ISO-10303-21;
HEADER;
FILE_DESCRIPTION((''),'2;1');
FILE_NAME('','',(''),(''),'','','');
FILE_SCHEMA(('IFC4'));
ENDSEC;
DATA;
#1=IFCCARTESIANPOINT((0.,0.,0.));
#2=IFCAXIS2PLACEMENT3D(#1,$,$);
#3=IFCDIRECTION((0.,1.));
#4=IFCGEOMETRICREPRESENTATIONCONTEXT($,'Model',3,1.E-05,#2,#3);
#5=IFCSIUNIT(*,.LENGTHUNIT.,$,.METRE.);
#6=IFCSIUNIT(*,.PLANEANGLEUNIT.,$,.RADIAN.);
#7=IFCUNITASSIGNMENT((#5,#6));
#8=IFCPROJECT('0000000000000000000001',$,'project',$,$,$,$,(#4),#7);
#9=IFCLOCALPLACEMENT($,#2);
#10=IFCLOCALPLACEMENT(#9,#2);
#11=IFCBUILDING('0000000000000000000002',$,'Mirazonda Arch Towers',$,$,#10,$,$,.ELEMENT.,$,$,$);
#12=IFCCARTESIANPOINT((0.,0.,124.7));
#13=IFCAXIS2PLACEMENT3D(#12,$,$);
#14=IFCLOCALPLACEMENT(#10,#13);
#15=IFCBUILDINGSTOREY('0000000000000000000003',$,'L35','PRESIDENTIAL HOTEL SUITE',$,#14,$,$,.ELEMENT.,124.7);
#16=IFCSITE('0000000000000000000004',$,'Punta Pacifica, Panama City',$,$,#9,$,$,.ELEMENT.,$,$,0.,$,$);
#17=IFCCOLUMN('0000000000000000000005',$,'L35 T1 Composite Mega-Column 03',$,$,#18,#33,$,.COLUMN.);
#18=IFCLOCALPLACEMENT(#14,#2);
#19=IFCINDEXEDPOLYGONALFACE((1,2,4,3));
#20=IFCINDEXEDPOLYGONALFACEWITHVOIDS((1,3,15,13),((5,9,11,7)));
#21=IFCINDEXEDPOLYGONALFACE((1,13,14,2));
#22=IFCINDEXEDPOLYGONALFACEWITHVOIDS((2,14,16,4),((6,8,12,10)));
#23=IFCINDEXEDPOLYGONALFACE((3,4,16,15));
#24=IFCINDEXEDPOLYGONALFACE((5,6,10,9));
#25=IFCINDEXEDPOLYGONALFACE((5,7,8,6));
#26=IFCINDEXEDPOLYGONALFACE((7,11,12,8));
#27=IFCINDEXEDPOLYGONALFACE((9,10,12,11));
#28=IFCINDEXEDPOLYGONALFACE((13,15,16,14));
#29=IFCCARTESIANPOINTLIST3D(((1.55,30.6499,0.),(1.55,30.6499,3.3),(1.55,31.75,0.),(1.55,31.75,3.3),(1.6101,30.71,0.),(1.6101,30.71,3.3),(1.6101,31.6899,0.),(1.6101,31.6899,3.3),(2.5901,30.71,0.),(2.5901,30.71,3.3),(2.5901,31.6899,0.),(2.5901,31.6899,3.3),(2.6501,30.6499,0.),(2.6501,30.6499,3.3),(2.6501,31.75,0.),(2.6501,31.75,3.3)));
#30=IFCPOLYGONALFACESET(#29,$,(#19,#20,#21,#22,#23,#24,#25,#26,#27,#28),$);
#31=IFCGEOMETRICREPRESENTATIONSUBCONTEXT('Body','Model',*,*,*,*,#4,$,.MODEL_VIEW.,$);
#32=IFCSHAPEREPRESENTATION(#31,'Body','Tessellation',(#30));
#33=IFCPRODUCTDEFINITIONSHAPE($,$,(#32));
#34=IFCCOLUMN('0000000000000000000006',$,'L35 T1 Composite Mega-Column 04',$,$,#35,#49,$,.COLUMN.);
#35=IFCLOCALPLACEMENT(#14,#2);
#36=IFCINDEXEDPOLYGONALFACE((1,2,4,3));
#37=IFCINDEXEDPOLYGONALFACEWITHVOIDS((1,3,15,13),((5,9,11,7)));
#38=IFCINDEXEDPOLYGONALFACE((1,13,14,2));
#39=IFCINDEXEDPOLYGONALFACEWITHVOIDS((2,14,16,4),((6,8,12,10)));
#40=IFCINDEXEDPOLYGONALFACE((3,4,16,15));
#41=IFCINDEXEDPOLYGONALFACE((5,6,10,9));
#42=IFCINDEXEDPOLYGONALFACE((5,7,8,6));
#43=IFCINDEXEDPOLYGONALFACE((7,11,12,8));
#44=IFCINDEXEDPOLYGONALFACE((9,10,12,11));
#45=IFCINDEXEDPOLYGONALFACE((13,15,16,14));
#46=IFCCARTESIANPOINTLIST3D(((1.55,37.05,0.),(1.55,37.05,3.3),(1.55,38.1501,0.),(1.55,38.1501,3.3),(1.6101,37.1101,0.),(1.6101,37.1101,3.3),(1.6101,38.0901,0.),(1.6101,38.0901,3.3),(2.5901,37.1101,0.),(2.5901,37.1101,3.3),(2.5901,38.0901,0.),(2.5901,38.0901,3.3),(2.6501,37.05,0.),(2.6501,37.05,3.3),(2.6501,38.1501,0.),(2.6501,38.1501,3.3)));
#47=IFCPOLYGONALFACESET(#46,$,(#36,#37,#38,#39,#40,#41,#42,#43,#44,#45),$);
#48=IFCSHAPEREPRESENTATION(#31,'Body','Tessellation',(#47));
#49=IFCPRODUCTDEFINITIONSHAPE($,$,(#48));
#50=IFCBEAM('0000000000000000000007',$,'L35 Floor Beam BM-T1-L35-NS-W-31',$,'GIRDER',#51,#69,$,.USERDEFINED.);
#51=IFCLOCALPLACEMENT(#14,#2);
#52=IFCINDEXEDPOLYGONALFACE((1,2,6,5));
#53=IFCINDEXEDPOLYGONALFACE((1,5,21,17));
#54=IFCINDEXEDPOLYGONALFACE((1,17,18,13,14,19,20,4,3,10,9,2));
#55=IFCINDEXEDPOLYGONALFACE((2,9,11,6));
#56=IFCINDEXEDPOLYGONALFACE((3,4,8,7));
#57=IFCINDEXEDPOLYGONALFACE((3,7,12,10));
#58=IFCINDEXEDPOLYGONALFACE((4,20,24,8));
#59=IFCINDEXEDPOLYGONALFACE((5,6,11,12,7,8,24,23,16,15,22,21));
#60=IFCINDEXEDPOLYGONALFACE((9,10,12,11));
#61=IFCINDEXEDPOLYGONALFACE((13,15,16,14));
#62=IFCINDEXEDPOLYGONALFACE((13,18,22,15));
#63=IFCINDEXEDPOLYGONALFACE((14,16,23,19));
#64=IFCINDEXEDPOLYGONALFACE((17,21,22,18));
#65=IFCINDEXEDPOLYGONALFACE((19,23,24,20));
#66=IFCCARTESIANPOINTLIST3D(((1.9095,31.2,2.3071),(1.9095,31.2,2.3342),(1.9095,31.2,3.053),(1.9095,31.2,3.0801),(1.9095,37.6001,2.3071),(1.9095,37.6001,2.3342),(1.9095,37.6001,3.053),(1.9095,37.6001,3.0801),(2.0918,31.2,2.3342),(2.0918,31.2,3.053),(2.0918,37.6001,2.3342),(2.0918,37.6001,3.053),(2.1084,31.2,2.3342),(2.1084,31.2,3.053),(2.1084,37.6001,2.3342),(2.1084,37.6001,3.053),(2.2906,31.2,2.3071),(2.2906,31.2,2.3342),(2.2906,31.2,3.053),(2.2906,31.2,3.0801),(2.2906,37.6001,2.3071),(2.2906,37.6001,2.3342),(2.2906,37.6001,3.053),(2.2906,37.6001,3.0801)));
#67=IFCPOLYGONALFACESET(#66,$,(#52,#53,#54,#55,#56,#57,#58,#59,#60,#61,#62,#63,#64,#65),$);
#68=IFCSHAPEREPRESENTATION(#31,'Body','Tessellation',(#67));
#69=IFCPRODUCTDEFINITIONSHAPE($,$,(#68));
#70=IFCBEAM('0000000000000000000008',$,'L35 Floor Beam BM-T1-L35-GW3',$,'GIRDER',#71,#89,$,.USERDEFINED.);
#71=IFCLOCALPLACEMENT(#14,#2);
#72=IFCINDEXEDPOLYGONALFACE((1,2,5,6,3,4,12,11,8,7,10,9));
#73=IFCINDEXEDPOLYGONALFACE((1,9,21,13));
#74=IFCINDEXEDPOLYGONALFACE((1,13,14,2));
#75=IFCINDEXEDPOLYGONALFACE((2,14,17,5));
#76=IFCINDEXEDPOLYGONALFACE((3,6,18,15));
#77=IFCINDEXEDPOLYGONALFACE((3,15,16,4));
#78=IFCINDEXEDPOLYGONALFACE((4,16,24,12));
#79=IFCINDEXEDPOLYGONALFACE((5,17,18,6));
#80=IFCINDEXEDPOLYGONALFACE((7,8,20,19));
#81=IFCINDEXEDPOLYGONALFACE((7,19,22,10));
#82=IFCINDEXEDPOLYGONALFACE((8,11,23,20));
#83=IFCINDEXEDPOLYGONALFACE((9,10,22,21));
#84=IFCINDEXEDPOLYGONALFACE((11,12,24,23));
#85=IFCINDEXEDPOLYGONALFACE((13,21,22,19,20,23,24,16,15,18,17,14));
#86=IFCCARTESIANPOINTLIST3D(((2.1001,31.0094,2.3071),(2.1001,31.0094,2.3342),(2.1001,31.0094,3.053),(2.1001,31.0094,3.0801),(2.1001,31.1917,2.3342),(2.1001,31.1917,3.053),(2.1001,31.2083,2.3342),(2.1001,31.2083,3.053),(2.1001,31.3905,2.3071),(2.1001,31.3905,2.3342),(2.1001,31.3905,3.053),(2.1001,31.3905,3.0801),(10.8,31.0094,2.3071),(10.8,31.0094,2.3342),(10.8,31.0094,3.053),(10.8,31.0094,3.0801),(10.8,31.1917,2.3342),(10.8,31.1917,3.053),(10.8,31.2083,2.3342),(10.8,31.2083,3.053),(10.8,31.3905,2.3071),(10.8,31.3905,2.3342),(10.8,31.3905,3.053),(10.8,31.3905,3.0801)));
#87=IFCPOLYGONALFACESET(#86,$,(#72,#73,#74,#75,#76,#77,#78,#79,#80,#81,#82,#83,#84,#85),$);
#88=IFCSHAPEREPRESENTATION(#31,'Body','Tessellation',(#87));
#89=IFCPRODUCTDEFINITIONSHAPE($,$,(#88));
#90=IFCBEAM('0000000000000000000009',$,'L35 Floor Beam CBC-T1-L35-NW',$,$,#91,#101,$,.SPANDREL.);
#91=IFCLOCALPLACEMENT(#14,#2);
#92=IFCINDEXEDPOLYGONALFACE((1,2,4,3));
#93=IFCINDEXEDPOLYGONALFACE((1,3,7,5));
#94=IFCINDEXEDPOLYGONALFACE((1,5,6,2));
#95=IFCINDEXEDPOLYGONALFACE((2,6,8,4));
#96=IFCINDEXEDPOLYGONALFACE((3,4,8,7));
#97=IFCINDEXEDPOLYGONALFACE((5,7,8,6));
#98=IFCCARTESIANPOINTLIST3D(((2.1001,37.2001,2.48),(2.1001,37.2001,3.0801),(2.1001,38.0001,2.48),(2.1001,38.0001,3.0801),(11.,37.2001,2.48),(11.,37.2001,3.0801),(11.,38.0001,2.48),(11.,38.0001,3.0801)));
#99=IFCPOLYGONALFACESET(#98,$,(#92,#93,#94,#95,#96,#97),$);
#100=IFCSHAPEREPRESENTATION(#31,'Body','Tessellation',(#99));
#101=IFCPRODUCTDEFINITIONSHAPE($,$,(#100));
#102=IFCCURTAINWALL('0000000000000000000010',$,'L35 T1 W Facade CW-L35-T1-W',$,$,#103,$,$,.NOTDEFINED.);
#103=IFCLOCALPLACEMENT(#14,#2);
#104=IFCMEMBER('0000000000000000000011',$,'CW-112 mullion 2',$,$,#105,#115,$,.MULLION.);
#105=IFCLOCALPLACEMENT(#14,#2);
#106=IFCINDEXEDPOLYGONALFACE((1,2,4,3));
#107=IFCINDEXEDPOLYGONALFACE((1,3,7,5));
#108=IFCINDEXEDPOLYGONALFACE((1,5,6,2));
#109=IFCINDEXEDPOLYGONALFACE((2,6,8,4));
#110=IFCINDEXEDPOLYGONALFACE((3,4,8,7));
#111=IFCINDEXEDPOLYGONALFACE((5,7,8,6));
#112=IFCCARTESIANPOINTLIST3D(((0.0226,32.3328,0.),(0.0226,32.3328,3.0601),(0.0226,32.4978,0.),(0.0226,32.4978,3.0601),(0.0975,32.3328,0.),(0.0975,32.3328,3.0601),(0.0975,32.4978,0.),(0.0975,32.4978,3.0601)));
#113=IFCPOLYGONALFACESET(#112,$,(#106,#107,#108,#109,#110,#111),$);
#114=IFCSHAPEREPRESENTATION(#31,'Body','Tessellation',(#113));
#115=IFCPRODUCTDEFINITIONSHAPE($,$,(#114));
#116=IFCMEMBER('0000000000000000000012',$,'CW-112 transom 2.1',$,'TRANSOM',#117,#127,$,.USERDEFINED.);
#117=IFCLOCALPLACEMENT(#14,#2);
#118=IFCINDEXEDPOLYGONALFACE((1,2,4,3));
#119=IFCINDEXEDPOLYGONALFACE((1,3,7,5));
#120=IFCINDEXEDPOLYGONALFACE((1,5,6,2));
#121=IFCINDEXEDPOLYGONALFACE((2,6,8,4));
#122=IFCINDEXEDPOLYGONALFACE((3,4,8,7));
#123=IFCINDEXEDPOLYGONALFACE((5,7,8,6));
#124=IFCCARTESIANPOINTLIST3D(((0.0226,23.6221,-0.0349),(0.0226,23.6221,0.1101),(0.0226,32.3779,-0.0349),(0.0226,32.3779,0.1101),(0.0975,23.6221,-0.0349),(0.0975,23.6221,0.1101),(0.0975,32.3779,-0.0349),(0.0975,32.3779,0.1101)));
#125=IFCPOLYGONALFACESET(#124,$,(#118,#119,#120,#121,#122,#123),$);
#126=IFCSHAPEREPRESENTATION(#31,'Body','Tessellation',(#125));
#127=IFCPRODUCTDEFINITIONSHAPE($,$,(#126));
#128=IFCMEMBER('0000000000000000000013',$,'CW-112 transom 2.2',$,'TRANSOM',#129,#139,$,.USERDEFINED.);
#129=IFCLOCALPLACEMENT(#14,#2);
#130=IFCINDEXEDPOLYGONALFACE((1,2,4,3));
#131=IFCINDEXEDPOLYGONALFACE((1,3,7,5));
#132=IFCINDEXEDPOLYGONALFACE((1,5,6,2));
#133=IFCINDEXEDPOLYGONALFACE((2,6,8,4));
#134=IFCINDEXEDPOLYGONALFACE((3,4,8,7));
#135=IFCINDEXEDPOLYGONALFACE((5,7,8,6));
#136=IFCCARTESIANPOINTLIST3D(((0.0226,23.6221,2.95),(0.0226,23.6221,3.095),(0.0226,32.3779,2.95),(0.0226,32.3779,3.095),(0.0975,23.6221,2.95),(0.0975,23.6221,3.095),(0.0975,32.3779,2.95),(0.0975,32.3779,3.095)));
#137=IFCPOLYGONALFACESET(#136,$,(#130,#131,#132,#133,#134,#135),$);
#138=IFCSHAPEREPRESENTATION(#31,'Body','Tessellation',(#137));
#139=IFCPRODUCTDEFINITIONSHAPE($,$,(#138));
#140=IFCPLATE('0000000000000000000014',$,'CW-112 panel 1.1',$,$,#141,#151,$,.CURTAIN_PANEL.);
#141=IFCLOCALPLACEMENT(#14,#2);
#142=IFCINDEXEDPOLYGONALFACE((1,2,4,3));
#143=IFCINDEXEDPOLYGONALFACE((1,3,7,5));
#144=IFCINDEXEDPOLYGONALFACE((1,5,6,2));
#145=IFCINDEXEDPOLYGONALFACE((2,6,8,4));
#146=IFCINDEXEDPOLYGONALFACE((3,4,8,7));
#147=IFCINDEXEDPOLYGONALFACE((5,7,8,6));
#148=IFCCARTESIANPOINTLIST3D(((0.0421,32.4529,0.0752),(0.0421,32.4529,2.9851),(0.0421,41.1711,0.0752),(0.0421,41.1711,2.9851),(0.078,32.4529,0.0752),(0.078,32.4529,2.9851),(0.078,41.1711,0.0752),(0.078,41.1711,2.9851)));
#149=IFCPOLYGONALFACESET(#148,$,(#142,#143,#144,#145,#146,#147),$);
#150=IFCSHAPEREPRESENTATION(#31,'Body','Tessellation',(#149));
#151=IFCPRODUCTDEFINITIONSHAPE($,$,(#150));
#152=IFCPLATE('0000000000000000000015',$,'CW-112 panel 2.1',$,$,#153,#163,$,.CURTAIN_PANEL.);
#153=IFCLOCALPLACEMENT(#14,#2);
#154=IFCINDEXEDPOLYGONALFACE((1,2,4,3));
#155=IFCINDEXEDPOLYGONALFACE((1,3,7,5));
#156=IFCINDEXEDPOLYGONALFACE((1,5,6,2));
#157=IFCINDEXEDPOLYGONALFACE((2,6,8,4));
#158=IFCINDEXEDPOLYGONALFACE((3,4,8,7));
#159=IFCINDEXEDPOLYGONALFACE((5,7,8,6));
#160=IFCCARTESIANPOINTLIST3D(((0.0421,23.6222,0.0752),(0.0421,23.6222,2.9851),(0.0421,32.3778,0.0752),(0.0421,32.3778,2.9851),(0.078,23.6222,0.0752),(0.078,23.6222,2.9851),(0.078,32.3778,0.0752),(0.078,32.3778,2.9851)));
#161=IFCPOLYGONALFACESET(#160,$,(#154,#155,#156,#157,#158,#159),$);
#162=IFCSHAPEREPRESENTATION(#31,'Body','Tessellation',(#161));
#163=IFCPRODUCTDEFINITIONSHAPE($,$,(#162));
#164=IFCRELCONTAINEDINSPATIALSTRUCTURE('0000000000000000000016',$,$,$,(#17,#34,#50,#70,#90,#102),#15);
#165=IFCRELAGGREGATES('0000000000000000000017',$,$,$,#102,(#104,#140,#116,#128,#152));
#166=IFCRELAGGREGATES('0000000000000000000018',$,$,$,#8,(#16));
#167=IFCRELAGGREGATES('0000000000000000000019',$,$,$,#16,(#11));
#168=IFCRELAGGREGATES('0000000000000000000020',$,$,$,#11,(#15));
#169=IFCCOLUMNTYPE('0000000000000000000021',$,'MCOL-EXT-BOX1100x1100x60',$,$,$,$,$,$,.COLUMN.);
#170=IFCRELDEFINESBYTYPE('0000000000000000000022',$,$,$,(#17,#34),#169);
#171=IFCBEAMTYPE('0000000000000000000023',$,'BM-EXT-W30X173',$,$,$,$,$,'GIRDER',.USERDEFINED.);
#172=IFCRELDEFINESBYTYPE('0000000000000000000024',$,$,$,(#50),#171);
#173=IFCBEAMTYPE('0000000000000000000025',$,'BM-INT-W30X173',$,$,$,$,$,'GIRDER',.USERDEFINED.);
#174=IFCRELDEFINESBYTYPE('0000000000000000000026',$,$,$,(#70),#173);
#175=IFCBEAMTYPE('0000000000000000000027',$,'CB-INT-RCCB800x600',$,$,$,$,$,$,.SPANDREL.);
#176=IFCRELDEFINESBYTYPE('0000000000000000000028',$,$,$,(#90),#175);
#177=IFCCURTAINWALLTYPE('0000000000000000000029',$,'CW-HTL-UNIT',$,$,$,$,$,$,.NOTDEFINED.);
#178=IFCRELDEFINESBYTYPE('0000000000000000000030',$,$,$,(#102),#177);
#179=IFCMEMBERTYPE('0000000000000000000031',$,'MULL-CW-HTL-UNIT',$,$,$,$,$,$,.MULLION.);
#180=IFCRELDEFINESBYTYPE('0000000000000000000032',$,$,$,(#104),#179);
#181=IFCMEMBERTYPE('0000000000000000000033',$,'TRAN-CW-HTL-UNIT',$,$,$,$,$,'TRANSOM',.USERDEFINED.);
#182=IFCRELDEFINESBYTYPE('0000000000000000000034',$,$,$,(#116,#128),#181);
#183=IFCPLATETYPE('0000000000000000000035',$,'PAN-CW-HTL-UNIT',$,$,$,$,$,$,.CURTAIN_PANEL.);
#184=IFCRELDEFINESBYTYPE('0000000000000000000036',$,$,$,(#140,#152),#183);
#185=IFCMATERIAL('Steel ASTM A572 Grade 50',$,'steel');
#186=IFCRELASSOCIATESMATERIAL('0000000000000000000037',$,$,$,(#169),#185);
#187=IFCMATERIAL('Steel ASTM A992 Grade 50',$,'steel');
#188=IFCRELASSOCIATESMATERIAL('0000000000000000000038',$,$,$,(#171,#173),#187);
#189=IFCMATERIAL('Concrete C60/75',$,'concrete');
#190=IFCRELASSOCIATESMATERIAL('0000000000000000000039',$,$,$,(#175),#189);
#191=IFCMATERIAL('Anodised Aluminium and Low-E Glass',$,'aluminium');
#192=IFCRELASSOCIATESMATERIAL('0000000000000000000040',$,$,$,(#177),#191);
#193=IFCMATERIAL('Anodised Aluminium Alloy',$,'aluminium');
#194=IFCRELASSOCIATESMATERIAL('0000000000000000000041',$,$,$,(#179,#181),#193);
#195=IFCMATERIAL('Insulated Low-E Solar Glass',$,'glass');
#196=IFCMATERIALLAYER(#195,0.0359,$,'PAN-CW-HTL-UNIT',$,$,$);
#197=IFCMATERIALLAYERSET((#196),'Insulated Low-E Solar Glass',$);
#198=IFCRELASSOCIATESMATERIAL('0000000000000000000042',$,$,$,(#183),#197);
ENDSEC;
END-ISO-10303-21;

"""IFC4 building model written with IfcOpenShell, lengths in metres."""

from ifc_helpers import new_model, si_unit, direction, frame, origin, origin_2d, place, context, subcontext, project, spatial, rectangle, hollow_rectangle, i_section, extrude, material, layer, layer_set, material_profile, profile_set, type_object, element, aggregate, save


model = new_model("IFC4")

# Units and contexts
model_context = context("Model", 3, precision=1e-05, world=origin(), true_north=direction((0.0, 1.0)))
body_context = subcontext(model_context, "Body", "Model", "MODEL_VIEW")
ifc_project = project(units=[si_unit("LENGTHUNIT", "METRE"), si_unit("PLANEANGLEUNIT", "RADIAN")], contexts=[model_context])

# Site, building, storey
site_placement = place(None, origin())
site = spatial("IfcSite", under=ifc_project, at=site_placement, Name="Punta Pacifica, Panama City", CompositionType="ELEMENT", RefElevation=0.0)
building_placement = place(site_placement, origin())
building = spatial("IfcBuilding", under=site, at=building_placement, Name="Mirazonda Arch Towers", CompositionType="ELEMENT")
storey_placement = place(building_placement, frame((0.0, 0.0, 124.7)))
storey = spatial("IfcBuildingStorey", under=building, at=storey_placement, Name="L35", Description="PRESIDENTIAL HOTEL SUITE", CompositionType="ELEMENT", Elevation=124.7)

# Columns
ifc_material_1 = material(Name="Steel ASTM A572 Grade 50", Category="steel")
ifc_material_profile_1 = material_profile(ifc_material_1, hollow_rectangle(XDim=1.1001, YDim=1.1001, WallThickness=0.0601, at=origin_2d()), Name="BOX1100x1100x60")
ifc_profile_set_1 = profile_set([ifc_material_profile_1], Name="Steel ASTM A572 Grade 50")
column_type = type_object("IfcColumnType", Name="MCOL-EXT-BOX1100x1100x60", PredefinedType="COLUMN", material=ifc_profile_set_1)
for number, where, z_axis, x_axis, name in (
    (1, (2.1001, 31.2, 0.0), (0.0, 0.0, 1.0), (1.0, 0.0, 0.0), "L35 T1 Composite Mega-Column 03"),
    (2, (2.1001, 37.6001, 0.0), (0.0, 0.0, 1.0), (1.0, 0.0, 0.0), "L35 T1 Composite Mega-Column 04"),
):
    element("IfcColumn", number, at=place(storey_placement, frame(where, z_axis=z_axis, x_axis=x_axis)), inside=storey, type_object=column_type, Name=name, PredefinedType="COLUMN", context=body_context, shape_type="SweptSolid", body=[
        extrude(hollow_rectangle(XDim=1.1001, YDim=1.1001, WallThickness=0.0601, at=origin_2d()), origin(), (0.0, 0.0, 1.0), 3.3),
    ])

# Beams
ifc_material_2 = material(Name="Steel ASTM A992 Grade 50", Category="steel")
ifc_material_profile_2 = material_profile(ifc_material_2, i_section(OverallWidth=0.3811, OverallDepth=0.7729, WebThickness=0.0166, FlangeThickness=0.0271, at=origin_2d()), Name="W30X173")
ifc_profile_set_2 = profile_set([ifc_material_profile_2], Name="Steel ASTM A992 Grade 50")
beam_type_1 = type_object("IfcBeamType", Name="BM-EXT-W30X173", ElementType="GIRDER", PredefinedType="USERDEFINED", material=ifc_profile_set_2)
beam_1_placement = place(storey_placement, frame((2.1001, 31.2, 2.6936), z_axis=(0.0, 1.0, 0.0), x_axis=(-1.0, 0.0, 0.0)))
element("IfcBeam", 3, at=beam_1_placement, inside=storey, type_object=beam_type_1, Name="L35 Floor Beam BM-T1-L35-NS-W-31", ObjectType="GIRDER", PredefinedType="USERDEFINED", context=body_context, shape_type="SweptSolid", body=[
    extrude(i_section(OverallWidth=0.3811, OverallDepth=0.7729, WebThickness=0.0166, FlangeThickness=0.0271, at=origin_2d()), origin(), (0.0, 0.0, 1.0), 6.4001),
])
ifc_material_profile_3 = material_profile(ifc_material_2, i_section(OverallWidth=0.3811, OverallDepth=0.7729, WebThickness=0.0166, FlangeThickness=0.0271, at=origin_2d()), Name="W30X173")
ifc_profile_set_3 = profile_set([ifc_material_profile_3], Name="Steel ASTM A992 Grade 50")
beam_type_2 = type_object("IfcBeamType", Name="BM-INT-W30X173", ElementType="GIRDER", PredefinedType="USERDEFINED", material=ifc_profile_set_3)
beam_2_placement = place(storey_placement, frame((2.1001, 31.2, 2.6936), z_axis=(1.0, 0.0, 0.0), x_axis=(0.0, 1.0, 0.0)))
element("IfcBeam", 4, at=beam_2_placement, inside=storey, type_object=beam_type_2, Name="L35 Floor Beam BM-T1-L35-GW3", ObjectType="GIRDER", PredefinedType="USERDEFINED", context=body_context, shape_type="SweptSolid", body=[
    extrude(i_section(OverallWidth=0.3811, OverallDepth=0.7729, WebThickness=0.0166, FlangeThickness=0.0271, at=origin_2d()), origin(), (0.0, 0.0, 1.0), 8.7),
])
ifc_material_3 = material(Name="Concrete C60/75", Category="concrete")
ifc_material_profile_4 = material_profile(ifc_material_3, rectangle(XDim=0.8, YDim=0.6001, at=origin_2d()), Name="RCCB800x600")
ifc_profile_set_4 = profile_set([ifc_material_profile_4], Name="Concrete C60/75")
beam_type_3 = type_object("IfcBeamType", Name="CB-INT-RCCB800x600", PredefinedType="SPANDREL", material=ifc_profile_set_4)
beam_3_placement = place(storey_placement, frame((2.1001, 37.6001, 2.78), z_axis=(1.0, 0.0, 0.0), x_axis=(0.0, 1.0, 0.0)))
element("IfcBeam", 5, at=beam_3_placement, inside=storey, type_object=beam_type_3, Name="L35 Floor Beam CBC-T1-L35-NW", PredefinedType="SPANDREL", context=body_context, shape_type="SweptSolid", body=[
    extrude(rectangle(XDim=0.8, YDim=0.6001, at=origin_2d()), origin(), (0.0, 0.0, 1.0), 8.8999),
])

# Curtain wall, members, plates
ifc_material_4 = material(Name="Anodised Aluminium and Low-E Glass", Category="aluminium")
curtain_wall_type = type_object("IfcCurtainWallType", Name="CW-HTL-UNIT", PredefinedType="NOTDEFINED", material=ifc_material_4)
curtain_wall_placement = place(storey_placement, origin())
curtain_wall = element("IfcCurtainWall", 6, at=curtain_wall_placement, inside=storey, type_object=curtain_wall_type, Name="L35 T1 W Facade CW-L35-T1-W", PredefinedType="NOTDEFINED")
ifc_material_5 = material(Name="Anodised Aluminium Alloy", Category="aluminium")
ifc_material_profile_5 = material_profile(ifc_material_5, rectangle(XDim=0.075, YDim=0.165, at=origin_2d()), Name="ALU-MULL-75x165")
ifc_profile_set_5 = profile_set([ifc_material_profile_5], Name="Anodised Aluminium Alloy")
member_type_1 = type_object("IfcMemberType", Name="MULL-CW-HTL-UNIT", PredefinedType="MULLION", material=ifc_profile_set_5)
member_1_placement = place(storey_placement, frame((0.0601, 32.4153, 0.0), z_axis=(0.0, 0.0, 1.0), x_axis=(1.0, 0.0, 0.0)))
member_1 = element("IfcMember", 7, at=member_1_placement, type_object=member_type_1, Name="CW-112 mullion 2", PredefinedType="MULLION", context=body_context, shape_type="SweptSolid", body=[
    extrude(rectangle(XDim=0.075, YDim=0.165, at=origin_2d()), origin(), (0.0, 0.0, 1.0), 3.0601),
])
ifc_material_profile_6 = material_profile(ifc_material_5, rectangle(XDim=0.075, YDim=0.145, at=origin_2d()), Name="ALU-TRAN-75x145")
ifc_profile_set_6 = profile_set([ifc_material_profile_6], Name="Anodised Aluminium Alloy")
member_type_2 = type_object("IfcMemberType", Name="TRAN-CW-HTL-UNIT", ElementType="TRANSOM", PredefinedType="USERDEFINED", material=ifc_profile_set_6)
member_2_placement = place(storey_placement, frame((0.0601, 32.3779, 0.0376), z_axis=(0.0, -1.0, 0.0), x_axis=(1.0, 0.0, 0.0)))
member_2 = element("IfcMember", 8, at=member_2_placement, type_object=member_type_2, Name="CW-112 transom 2.1", ObjectType="TRANSOM", PredefinedType="USERDEFINED", context=body_context, shape_type="SweptSolid", body=[
    extrude(rectangle(XDim=0.075, YDim=0.145, at=origin_2d()), origin(), (0.0, 0.0, 1.0), 8.7559),
])
member_3_placement = place(storey_placement, frame((0.0601, 32.3779, 3.0225), z_axis=(0.0, -1.0, 0.0), x_axis=(1.0, 0.0, 0.0)))
member_3 = element("IfcMember", 9, at=member_3_placement, type_object=member_type_2, Name="CW-112 transom 2.2", ObjectType="TRANSOM", PredefinedType="USERDEFINED", context=body_context, shape_type="SweptSolid", body=[
    extrude(rectangle(XDim=0.075, YDim=0.145, at=origin_2d()), origin(), (0.0, 0.0, 1.0), 8.7559),
])
ifc_material_6 = material(Name="Insulated Low-E Solar Glass", Category="glass")
ifc_layer_1 = layer(ifc_material_6, 0.0359, Name="PAN-CW-HTL-UNIT")
ifc_layer_set_1 = layer_set([ifc_layer_1], Name="Insulated Low-E Solar Glass")
plate_type = type_object("IfcPlateType", Name="PAN-CW-HTL-UNIT", PredefinedType="CURTAIN_PANEL", material=ifc_layer_set_1)
plate_1_placement = place(storey_placement, frame((0.0601, 36.812, 0.0752), z_axis=(0.0, 0.0, 1.0), x_axis=(0.0, -1.0, 0.0)))
plate_1 = element("IfcPlate", 10, at=plate_1_placement, type_object=plate_type, Name="CW-112 panel 1.1", PredefinedType="CURTAIN_PANEL", context=body_context, shape_type="SweptSolid", body=[
    extrude(rectangle(XDim=8.7183, YDim=0.0359, at=origin_2d()), origin(), (0.0, 0.0, 1.0), 2.9099),
])
plate_2_placement = place(storey_placement, frame((0.0601, 28.0, 0.0752), z_axis=(0.0, 0.0, 1.0), x_axis=(0.0, -1.0, 0.0)))
plate_2 = element("IfcPlate", 11, at=plate_2_placement, type_object=plate_type, Name="CW-112 panel 2.1", PredefinedType="CURTAIN_PANEL", context=body_context, shape_type="SweptSolid", body=[
    extrude(rectangle(XDim=8.7556, YDim=0.0359, at=origin_2d()), origin(), (0.0, 0.0, 1.0), 2.9099),
])
aggregate(curtain_wall, [member_1, plate_1, member_2, member_3, plate_2])

save(model, "model.ifc")
